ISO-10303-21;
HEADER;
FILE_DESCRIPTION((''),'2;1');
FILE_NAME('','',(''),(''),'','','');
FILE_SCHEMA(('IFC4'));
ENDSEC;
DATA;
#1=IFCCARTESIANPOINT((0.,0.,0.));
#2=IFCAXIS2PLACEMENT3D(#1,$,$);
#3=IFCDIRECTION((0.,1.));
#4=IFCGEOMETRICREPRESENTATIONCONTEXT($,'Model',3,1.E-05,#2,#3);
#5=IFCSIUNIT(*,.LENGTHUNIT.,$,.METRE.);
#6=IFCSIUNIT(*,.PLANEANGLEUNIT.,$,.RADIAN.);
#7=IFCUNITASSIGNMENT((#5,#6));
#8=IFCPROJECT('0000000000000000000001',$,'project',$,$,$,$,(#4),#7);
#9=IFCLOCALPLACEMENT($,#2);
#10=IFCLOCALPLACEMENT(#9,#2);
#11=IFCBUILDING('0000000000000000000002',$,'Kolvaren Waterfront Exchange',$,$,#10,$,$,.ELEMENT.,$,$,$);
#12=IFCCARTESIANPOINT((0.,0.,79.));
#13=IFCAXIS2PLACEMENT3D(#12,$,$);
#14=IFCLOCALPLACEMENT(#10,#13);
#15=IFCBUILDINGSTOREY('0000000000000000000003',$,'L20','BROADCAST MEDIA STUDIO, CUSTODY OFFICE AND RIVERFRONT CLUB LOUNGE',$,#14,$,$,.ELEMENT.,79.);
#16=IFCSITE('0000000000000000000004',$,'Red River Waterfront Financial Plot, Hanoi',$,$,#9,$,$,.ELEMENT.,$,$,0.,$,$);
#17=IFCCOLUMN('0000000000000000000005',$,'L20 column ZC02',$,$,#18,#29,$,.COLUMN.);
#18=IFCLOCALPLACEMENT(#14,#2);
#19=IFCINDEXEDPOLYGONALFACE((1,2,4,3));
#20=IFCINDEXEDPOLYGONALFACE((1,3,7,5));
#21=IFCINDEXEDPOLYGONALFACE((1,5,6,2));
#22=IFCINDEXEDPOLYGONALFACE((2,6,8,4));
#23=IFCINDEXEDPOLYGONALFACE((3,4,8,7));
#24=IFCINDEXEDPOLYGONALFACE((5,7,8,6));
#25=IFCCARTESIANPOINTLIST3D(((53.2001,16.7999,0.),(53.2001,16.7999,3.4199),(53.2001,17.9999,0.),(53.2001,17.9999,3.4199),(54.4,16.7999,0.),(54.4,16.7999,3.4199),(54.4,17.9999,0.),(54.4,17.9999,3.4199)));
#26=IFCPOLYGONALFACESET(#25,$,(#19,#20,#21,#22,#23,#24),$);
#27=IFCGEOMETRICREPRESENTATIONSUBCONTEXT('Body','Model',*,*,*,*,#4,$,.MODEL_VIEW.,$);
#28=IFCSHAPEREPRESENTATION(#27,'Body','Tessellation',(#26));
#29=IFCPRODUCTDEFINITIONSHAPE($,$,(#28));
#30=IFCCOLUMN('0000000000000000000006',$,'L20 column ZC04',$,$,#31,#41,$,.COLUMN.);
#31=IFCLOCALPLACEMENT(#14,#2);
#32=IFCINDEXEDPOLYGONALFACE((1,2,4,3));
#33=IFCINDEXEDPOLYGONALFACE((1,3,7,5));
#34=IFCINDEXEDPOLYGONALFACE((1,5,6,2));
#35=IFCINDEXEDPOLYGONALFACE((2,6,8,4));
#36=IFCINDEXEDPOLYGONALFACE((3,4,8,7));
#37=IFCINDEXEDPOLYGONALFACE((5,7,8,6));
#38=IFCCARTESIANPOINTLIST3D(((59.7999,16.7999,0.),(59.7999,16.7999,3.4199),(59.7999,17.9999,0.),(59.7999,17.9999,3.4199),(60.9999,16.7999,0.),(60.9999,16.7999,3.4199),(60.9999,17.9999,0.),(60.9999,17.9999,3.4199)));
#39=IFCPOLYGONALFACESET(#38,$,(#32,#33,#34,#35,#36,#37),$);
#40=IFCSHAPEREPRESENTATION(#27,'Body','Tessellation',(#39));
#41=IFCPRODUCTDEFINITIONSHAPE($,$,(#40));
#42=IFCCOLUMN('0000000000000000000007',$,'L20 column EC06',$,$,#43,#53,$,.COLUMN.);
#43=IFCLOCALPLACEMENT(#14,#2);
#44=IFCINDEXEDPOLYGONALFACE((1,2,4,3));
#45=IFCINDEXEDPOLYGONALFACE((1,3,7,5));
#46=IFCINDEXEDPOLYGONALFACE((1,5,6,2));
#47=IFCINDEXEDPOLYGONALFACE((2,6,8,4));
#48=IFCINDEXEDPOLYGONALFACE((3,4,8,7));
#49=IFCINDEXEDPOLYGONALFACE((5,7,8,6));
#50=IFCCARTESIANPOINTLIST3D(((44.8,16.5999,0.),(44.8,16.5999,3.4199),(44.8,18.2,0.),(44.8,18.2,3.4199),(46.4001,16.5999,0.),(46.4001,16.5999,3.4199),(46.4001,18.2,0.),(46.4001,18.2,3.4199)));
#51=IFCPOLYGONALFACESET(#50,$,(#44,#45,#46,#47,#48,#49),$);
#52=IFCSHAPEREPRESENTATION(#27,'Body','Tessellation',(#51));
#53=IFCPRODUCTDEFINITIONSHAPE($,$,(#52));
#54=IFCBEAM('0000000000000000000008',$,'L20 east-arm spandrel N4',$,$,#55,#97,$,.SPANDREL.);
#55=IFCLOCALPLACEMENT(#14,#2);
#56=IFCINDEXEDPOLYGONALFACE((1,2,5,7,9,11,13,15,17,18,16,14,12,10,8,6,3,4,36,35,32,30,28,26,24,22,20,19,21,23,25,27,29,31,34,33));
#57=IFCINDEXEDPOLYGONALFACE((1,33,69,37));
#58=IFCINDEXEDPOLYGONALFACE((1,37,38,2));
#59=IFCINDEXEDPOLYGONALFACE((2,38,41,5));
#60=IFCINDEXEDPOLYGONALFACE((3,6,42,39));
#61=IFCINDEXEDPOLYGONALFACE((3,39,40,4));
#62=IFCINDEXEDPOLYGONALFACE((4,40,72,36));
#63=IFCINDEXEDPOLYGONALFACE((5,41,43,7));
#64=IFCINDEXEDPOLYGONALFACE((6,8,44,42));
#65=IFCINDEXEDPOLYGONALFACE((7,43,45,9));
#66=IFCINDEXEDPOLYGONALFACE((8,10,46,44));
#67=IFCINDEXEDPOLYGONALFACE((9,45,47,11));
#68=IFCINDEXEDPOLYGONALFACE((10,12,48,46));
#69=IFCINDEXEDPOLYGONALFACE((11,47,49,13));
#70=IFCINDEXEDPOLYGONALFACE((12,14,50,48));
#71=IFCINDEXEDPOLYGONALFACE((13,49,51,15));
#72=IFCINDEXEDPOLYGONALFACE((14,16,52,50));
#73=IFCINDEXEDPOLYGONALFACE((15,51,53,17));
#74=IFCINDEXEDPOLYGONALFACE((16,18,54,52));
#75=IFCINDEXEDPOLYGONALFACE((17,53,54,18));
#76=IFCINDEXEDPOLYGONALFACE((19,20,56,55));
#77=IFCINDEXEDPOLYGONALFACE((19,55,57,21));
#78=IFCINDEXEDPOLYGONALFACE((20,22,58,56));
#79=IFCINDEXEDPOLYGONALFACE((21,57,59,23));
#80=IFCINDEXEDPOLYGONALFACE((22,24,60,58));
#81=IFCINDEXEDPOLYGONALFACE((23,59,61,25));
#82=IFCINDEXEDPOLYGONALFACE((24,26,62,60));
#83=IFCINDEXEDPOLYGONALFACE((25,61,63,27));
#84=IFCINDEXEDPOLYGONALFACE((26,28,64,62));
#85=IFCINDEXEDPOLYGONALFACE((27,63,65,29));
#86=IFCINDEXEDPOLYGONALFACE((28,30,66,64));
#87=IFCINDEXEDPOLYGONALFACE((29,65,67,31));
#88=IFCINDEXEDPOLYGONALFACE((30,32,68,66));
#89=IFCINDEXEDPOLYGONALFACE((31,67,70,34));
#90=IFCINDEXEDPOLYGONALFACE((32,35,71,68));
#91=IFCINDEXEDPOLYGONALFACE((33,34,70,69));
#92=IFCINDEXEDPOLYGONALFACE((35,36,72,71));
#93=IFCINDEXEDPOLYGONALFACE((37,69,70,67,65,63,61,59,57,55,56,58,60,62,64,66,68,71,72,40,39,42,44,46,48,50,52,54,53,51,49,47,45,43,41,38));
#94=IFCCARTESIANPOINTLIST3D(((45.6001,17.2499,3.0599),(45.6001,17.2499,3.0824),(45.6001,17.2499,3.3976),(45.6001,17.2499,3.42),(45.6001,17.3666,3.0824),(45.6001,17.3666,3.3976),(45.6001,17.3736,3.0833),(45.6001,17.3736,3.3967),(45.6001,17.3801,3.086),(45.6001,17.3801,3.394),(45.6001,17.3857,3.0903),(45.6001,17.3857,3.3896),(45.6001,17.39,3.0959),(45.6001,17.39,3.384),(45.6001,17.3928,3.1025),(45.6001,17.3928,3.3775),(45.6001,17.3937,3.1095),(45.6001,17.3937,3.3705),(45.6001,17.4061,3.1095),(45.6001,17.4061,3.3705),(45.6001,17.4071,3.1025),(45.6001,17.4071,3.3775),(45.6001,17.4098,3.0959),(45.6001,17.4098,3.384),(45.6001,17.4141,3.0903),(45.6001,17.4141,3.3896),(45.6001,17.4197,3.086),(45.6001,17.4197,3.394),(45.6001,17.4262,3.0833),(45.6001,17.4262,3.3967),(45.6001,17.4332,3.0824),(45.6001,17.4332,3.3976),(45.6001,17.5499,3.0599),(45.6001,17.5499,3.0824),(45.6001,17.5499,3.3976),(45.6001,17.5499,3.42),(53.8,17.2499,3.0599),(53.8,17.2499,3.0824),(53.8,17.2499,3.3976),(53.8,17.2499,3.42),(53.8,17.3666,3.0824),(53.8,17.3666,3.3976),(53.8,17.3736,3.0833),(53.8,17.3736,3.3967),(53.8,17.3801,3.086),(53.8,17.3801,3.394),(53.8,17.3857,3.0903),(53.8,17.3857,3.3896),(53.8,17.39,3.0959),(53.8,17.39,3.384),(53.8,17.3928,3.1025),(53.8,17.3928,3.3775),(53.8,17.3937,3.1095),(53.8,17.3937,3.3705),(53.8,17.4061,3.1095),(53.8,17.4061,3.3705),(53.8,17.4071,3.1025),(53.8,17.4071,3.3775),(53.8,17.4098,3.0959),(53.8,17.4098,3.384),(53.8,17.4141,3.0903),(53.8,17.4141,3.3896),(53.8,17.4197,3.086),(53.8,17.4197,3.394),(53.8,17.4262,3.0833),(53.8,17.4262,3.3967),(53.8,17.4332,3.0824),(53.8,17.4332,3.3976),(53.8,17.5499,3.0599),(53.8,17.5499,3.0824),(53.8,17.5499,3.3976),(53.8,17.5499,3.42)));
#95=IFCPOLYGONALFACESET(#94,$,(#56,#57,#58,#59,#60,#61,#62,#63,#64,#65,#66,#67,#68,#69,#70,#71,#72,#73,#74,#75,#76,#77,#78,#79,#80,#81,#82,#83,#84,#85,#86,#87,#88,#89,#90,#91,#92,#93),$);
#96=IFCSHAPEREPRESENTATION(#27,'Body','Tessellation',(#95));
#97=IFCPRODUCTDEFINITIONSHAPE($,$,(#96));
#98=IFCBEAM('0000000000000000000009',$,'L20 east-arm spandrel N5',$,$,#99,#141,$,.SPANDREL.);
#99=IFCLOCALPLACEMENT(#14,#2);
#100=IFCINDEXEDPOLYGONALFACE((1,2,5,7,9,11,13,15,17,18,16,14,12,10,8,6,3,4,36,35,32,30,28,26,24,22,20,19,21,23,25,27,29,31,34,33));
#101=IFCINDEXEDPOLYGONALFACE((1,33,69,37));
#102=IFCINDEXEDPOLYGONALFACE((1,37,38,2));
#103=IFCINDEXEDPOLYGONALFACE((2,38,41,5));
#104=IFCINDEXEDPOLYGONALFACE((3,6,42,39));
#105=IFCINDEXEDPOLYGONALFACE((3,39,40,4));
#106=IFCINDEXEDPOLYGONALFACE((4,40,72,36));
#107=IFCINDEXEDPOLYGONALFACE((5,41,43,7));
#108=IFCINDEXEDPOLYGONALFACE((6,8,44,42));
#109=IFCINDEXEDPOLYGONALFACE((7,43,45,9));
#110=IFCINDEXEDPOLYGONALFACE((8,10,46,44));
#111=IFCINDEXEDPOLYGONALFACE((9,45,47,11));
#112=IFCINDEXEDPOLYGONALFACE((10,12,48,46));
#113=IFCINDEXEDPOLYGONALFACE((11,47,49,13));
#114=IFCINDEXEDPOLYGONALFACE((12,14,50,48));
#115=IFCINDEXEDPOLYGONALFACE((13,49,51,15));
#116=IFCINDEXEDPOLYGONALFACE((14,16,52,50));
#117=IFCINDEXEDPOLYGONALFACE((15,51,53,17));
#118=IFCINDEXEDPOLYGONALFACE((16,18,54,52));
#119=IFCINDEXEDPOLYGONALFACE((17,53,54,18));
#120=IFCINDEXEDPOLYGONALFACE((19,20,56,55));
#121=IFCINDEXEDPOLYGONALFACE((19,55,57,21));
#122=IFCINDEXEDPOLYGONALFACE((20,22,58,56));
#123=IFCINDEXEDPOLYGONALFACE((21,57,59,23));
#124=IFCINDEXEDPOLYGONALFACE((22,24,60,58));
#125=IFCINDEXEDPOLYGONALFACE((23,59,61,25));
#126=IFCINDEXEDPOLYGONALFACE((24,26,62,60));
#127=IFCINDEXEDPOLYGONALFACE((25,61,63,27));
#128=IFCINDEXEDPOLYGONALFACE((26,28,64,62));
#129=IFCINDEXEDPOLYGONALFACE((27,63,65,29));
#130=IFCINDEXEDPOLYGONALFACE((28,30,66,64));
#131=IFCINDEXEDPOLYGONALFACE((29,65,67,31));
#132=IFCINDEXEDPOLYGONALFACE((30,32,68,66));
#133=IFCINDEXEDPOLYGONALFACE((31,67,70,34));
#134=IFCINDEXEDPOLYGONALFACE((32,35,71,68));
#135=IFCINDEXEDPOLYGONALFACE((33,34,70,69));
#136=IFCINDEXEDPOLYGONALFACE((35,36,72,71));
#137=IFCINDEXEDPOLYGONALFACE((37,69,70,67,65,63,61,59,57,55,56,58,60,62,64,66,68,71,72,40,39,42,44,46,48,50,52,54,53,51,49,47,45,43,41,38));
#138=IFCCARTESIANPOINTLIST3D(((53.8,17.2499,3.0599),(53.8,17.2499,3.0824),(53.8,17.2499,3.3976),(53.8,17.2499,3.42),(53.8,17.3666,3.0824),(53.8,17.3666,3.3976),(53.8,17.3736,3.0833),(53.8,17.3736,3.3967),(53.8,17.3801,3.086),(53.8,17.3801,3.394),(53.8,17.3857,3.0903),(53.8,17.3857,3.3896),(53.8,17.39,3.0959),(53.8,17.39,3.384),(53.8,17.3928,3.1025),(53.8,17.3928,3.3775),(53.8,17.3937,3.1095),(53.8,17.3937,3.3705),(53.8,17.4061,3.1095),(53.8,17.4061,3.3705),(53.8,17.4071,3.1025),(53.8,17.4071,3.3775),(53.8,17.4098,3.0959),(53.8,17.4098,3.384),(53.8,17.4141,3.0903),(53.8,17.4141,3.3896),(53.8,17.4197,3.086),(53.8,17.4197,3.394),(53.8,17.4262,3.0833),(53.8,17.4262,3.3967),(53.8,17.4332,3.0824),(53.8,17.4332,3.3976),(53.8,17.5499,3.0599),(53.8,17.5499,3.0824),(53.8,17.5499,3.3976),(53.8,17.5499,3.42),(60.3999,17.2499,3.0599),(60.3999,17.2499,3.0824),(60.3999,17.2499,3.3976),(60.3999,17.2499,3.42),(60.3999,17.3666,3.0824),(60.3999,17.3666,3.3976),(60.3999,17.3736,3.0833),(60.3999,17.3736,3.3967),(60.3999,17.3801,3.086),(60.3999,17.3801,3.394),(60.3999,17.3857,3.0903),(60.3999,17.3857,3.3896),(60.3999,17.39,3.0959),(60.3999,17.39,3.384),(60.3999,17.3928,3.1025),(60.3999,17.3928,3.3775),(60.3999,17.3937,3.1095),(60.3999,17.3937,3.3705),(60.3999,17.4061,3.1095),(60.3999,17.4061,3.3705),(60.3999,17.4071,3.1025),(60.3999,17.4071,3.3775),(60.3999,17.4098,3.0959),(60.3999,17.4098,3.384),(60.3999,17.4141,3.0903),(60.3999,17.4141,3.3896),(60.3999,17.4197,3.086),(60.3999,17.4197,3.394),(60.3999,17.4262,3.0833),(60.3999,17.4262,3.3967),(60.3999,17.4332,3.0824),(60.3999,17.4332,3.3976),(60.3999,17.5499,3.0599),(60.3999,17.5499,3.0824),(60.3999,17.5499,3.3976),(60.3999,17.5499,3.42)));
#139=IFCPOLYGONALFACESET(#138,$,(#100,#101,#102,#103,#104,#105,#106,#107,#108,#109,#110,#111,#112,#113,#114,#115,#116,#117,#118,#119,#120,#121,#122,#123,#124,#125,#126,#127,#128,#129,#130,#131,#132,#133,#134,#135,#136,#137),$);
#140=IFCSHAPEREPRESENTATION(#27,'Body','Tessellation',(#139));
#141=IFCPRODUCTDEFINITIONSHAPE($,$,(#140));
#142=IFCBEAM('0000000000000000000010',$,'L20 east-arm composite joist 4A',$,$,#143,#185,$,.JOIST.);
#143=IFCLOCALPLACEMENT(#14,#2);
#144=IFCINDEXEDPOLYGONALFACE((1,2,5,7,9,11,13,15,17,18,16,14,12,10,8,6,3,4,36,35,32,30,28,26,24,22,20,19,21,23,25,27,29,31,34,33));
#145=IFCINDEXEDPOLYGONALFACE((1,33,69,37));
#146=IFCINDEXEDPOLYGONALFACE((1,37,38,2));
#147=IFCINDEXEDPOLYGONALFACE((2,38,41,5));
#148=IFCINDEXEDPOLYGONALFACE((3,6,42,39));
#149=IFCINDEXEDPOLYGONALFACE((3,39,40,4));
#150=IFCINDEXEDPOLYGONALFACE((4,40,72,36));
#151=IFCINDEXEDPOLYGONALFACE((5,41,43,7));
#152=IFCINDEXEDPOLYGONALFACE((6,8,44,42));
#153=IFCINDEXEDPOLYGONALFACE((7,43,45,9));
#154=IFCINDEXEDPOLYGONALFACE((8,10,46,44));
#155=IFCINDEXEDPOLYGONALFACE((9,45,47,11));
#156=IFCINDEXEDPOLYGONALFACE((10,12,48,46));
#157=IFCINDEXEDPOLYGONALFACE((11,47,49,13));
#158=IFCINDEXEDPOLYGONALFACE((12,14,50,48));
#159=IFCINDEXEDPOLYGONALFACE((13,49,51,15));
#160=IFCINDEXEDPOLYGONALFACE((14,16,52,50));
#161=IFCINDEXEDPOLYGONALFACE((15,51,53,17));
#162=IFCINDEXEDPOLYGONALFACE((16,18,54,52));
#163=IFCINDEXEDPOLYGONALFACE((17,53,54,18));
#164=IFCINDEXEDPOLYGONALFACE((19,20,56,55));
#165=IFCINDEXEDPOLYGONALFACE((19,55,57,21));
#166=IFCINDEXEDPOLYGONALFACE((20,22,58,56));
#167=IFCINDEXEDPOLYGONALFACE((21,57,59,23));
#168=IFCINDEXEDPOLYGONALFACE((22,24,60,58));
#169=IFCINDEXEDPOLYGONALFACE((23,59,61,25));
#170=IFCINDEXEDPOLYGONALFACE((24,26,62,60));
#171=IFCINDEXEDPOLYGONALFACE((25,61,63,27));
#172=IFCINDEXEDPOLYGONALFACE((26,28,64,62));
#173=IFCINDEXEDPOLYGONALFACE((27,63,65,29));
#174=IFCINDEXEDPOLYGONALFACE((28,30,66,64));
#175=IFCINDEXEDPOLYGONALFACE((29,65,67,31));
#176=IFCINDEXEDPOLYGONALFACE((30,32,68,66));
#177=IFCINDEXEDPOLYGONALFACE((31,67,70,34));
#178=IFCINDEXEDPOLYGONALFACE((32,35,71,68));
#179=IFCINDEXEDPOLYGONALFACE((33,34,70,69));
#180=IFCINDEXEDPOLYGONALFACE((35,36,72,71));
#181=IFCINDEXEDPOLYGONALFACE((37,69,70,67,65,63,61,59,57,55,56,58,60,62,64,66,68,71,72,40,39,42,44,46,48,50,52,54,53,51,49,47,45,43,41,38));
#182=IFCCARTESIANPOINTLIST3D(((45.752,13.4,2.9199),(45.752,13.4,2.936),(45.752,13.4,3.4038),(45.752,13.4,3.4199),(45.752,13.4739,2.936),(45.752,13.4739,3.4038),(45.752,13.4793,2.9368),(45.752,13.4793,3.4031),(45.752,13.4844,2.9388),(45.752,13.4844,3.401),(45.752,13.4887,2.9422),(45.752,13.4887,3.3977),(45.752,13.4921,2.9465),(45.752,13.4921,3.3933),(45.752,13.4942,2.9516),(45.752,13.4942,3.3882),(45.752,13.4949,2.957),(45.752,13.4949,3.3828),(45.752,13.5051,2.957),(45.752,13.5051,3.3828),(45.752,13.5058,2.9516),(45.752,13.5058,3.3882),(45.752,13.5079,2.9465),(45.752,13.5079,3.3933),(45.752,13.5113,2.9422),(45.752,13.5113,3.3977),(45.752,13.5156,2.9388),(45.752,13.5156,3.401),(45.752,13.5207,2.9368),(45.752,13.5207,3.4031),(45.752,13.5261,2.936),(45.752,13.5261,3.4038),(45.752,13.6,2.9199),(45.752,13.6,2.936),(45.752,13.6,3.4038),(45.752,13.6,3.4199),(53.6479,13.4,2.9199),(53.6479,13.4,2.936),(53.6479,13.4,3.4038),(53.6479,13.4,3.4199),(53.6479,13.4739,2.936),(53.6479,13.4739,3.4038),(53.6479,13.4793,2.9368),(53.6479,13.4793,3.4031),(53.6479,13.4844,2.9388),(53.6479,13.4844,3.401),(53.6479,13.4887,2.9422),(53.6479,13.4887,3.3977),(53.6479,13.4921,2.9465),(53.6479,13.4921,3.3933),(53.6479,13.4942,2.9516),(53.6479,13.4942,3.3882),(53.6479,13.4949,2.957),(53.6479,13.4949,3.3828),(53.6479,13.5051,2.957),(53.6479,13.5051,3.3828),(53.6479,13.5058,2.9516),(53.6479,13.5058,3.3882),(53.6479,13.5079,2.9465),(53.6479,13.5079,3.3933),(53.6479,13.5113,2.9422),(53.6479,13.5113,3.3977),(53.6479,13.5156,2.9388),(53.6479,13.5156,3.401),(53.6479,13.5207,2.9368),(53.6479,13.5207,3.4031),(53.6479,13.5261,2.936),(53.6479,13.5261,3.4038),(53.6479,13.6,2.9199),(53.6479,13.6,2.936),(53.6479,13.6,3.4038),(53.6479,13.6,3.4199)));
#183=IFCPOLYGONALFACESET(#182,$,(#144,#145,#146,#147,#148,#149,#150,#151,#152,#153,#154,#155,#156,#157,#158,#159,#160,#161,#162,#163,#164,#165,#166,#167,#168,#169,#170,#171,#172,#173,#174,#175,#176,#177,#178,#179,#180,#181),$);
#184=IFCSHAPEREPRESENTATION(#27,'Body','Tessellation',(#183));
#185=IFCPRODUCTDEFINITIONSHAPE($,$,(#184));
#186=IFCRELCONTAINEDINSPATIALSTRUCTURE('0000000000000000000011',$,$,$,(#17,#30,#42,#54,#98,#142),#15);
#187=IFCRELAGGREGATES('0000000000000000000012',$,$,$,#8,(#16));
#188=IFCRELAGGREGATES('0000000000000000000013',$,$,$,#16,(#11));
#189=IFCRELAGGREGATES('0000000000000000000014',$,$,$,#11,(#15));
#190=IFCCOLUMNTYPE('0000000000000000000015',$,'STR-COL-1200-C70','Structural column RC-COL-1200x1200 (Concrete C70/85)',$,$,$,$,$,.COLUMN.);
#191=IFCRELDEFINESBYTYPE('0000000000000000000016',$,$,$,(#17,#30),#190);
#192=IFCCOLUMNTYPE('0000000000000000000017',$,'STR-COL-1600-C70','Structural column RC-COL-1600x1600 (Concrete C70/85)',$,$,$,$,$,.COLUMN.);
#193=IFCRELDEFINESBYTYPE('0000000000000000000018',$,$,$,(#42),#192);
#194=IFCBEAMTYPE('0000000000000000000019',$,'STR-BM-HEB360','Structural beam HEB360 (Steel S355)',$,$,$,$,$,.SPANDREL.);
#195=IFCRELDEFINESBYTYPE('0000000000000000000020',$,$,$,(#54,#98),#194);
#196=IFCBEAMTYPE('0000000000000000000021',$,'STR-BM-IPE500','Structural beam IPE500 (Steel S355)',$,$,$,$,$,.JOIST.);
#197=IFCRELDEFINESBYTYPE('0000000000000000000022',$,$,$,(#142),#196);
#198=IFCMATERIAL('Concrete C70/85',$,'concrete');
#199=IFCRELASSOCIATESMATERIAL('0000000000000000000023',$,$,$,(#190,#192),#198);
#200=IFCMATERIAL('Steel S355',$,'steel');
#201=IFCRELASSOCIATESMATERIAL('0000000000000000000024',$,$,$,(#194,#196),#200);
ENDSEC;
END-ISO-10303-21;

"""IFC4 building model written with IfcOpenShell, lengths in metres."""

from ifc_helpers import new_model, si_unit, direction, frame, origin, origin_2d, place, context, subcontext, project, spatial, rectangle, i_section, extrude, material, material_profile, profile_set, type_object, element, save


model = new_model("IFC4")

# Units and contexts
model_context = context("Model", 3, precision=1e-05, world=origin(), true_north=direction((0.0, 1.0)))
body_context = subcontext(model_context, "Body", "Model", "MODEL_VIEW")
ifc_project = project(units=[si_unit("LENGTHUNIT", "METRE"), si_unit("PLANEANGLEUNIT", "RADIAN")], contexts=[model_context])

# Site, building, storey
site_placement = place(None, origin())
site = spatial("IfcSite", under=ifc_project, at=site_placement, Name="Red River Waterfront Financial Plot, Hanoi", CompositionType="ELEMENT", RefElevation=0.0)
building_placement = place(site_placement, origin())
building = spatial("IfcBuilding", under=site, at=building_placement, Name="Kolvaren Waterfront Exchange", CompositionType="ELEMENT")
storey_placement = place(building_placement, frame((0.0, 0.0, 79.0)))
storey = spatial("IfcBuildingStorey", under=building, at=storey_placement, Name="L20", Description="BROADCAST MEDIA STUDIO, CUSTODY OFFICE AND RIVERFRONT CLUB LOUNGE", CompositionType="ELEMENT", Elevation=79.0)

# Columns
ifc_material_1 = material(Name="Concrete C70/85", Category="concrete")
ifc_material_profile_1 = material_profile(ifc_material_1, rectangle(XDim=1.2, YDim=1.2, at=origin_2d()), Name="RC-COL-1200x1200")
ifc_profile_set_1 = profile_set([ifc_material_profile_1], Name="Concrete C70/85")
column_type_1 = type_object("IfcColumnType", Name="STR-COL-1200-C70", Description="Structural column RC-COL-1200x1200 (Concrete C70/85)", PredefinedType="COLUMN", material=ifc_profile_set_1)
for number, where, z_axis, x_axis, name in (
    (1, (53.8, 17.3999, 0.0), (0.0, 0.0, 1.0), (1.0, 0.0, 0.0), "L20 column ZC02"),
    (2, (60.3999, 17.3999, 0.0), (0.0, 0.0, 1.0), (1.0, 0.0, 0.0), "L20 column ZC04"),
):
    element("IfcColumn", number, at=place(storey_placement, frame(where, z_axis=z_axis, x_axis=x_axis)), inside=storey, type_object=column_type_1, Name=name, PredefinedType="COLUMN", context=body_context, shape_type="SweptSolid", body=[
        extrude(rectangle(XDim=1.2, YDim=1.2, at=origin_2d()), origin(), (0.0, 0.0, 1.0), 3.4199),
    ])
ifc_material_profile_2 = material_profile(ifc_material_1, rectangle(XDim=1.6001, YDim=1.6001, at=origin_2d()), Name="RC-COL-1600x1600")
ifc_profile_set_2 = profile_set([ifc_material_profile_2], Name="Concrete C70/85")
column_type_2 = type_object("IfcColumnType", Name="STR-COL-1600-C70", Description="Structural column RC-COL-1600x1600 (Concrete C70/85)", PredefinedType="COLUMN", material=ifc_profile_set_2)
column_placement = place(storey_placement, frame((45.6001, 17.3999, 0.0), z_axis=(0.0, 0.0, 1.0), x_axis=(1.0, 0.0, 0.0)))
element("IfcColumn", 3, at=column_placement, inside=storey, type_object=column_type_2, Name="L20 column EC06", PredefinedType="COLUMN", context=body_context, shape_type="SweptSolid", body=[
    extrude(rectangle(XDim=1.6001, YDim=1.6001, at=origin_2d()), origin(), (0.0, 0.0, 1.0), 3.4199),
])

# Beams
ifc_material_2 = material(Name="Steel S355", Category="steel")
ifc_material_profile_3 = material_profile(ifc_material_2, i_section(OverallWidth=0.3, OverallDepth=0.3601, WebThickness=0.0125, FlangeThickness=0.0225, FilletRadius=0.0271, at=origin_2d()), Name="HEB360")
ifc_profile_set_3 = profile_set([ifc_material_profile_3], Name="Steel S355")
beam_type_1 = type_object("IfcBeamType", Name="STR-BM-HEB360", Description="Structural beam HEB360 (Steel S355)", PredefinedType="SPANDREL", material=ifc_profile_set_3)
beam_1_placement = place(storey_placement, frame((45.6001, 17.3999, 3.24), z_axis=(1.0, 0.0, 0.0), x_axis=(0.0, 1.0, 0.0)))
element("IfcBeam", 4, at=beam_1_placement, inside=storey, type_object=beam_type_1, Name="L20 east-arm spandrel N4", PredefinedType="SPANDREL", context=body_context, shape_type="SweptSolid", body=[
    extrude(i_section(OverallWidth=0.3, OverallDepth=0.3601, WebThickness=0.0125, FlangeThickness=0.0225, FilletRadius=0.0271, at=origin_2d()), origin(), (0.0, 0.0, 1.0), 8.2),
])
beam_2_placement = place(storey_placement, frame((53.8, 17.3999, 3.24), z_axis=(1.0, 0.0, 0.0), x_axis=(0.0, 1.0, 0.0)))
element("IfcBeam", 5, at=beam_2_placement, inside=storey, type_object=beam_type_1, Name="L20 east-arm spandrel N5", PredefinedType="SPANDREL", context=body_context, shape_type="SweptSolid", body=[
    extrude(i_section(OverallWidth=0.3, OverallDepth=0.3601, WebThickness=0.0125, FlangeThickness=0.0225, FilletRadius=0.0271, at=origin_2d()), origin(), (0.0, 0.0, 1.0), 6.5999),
])
ifc_material_profile_4 = material_profile(ifc_material_2, i_section(OverallWidth=0.2, OverallDepth=0.5, WebThickness=0.0103, FlangeThickness=0.0161, FilletRadius=0.021, at=origin_2d()), Name="IPE500")
ifc_profile_set_4 = profile_set([ifc_material_profile_4], Name="Steel S355")
beam_type_2 = type_object("IfcBeamType", Name="STR-BM-IPE500", Description="Structural beam IPE500 (Steel S355)", PredefinedType="JOIST", material=ifc_profile_set_4)
for number, where, z_axis, x_axis, name in (
    (6, (45.752, 13.5, 3.1699), (1.0, 0.0, 0.0), (0.0, 1.0, 0.0), "L20 east-arm composite joist 4A"),
):
    element("IfcBeam", number, at=place(storey_placement, frame(where, z_axis=z_axis, x_axis=x_axis)), inside=storey, type_object=beam_type_2, Name=name, PredefinedType="JOIST", context=body_context, shape_type="SweptSolid", body=[
        extrude(i_section(OverallWidth=0.2, OverallDepth=0.5, WebThickness=0.0103, FlangeThickness=0.0161, FilletRadius=0.021, at=origin_2d()), origin(), (0.0, 0.0, 1.0), 7.896),
    ])

save(model, "model.ifc")
